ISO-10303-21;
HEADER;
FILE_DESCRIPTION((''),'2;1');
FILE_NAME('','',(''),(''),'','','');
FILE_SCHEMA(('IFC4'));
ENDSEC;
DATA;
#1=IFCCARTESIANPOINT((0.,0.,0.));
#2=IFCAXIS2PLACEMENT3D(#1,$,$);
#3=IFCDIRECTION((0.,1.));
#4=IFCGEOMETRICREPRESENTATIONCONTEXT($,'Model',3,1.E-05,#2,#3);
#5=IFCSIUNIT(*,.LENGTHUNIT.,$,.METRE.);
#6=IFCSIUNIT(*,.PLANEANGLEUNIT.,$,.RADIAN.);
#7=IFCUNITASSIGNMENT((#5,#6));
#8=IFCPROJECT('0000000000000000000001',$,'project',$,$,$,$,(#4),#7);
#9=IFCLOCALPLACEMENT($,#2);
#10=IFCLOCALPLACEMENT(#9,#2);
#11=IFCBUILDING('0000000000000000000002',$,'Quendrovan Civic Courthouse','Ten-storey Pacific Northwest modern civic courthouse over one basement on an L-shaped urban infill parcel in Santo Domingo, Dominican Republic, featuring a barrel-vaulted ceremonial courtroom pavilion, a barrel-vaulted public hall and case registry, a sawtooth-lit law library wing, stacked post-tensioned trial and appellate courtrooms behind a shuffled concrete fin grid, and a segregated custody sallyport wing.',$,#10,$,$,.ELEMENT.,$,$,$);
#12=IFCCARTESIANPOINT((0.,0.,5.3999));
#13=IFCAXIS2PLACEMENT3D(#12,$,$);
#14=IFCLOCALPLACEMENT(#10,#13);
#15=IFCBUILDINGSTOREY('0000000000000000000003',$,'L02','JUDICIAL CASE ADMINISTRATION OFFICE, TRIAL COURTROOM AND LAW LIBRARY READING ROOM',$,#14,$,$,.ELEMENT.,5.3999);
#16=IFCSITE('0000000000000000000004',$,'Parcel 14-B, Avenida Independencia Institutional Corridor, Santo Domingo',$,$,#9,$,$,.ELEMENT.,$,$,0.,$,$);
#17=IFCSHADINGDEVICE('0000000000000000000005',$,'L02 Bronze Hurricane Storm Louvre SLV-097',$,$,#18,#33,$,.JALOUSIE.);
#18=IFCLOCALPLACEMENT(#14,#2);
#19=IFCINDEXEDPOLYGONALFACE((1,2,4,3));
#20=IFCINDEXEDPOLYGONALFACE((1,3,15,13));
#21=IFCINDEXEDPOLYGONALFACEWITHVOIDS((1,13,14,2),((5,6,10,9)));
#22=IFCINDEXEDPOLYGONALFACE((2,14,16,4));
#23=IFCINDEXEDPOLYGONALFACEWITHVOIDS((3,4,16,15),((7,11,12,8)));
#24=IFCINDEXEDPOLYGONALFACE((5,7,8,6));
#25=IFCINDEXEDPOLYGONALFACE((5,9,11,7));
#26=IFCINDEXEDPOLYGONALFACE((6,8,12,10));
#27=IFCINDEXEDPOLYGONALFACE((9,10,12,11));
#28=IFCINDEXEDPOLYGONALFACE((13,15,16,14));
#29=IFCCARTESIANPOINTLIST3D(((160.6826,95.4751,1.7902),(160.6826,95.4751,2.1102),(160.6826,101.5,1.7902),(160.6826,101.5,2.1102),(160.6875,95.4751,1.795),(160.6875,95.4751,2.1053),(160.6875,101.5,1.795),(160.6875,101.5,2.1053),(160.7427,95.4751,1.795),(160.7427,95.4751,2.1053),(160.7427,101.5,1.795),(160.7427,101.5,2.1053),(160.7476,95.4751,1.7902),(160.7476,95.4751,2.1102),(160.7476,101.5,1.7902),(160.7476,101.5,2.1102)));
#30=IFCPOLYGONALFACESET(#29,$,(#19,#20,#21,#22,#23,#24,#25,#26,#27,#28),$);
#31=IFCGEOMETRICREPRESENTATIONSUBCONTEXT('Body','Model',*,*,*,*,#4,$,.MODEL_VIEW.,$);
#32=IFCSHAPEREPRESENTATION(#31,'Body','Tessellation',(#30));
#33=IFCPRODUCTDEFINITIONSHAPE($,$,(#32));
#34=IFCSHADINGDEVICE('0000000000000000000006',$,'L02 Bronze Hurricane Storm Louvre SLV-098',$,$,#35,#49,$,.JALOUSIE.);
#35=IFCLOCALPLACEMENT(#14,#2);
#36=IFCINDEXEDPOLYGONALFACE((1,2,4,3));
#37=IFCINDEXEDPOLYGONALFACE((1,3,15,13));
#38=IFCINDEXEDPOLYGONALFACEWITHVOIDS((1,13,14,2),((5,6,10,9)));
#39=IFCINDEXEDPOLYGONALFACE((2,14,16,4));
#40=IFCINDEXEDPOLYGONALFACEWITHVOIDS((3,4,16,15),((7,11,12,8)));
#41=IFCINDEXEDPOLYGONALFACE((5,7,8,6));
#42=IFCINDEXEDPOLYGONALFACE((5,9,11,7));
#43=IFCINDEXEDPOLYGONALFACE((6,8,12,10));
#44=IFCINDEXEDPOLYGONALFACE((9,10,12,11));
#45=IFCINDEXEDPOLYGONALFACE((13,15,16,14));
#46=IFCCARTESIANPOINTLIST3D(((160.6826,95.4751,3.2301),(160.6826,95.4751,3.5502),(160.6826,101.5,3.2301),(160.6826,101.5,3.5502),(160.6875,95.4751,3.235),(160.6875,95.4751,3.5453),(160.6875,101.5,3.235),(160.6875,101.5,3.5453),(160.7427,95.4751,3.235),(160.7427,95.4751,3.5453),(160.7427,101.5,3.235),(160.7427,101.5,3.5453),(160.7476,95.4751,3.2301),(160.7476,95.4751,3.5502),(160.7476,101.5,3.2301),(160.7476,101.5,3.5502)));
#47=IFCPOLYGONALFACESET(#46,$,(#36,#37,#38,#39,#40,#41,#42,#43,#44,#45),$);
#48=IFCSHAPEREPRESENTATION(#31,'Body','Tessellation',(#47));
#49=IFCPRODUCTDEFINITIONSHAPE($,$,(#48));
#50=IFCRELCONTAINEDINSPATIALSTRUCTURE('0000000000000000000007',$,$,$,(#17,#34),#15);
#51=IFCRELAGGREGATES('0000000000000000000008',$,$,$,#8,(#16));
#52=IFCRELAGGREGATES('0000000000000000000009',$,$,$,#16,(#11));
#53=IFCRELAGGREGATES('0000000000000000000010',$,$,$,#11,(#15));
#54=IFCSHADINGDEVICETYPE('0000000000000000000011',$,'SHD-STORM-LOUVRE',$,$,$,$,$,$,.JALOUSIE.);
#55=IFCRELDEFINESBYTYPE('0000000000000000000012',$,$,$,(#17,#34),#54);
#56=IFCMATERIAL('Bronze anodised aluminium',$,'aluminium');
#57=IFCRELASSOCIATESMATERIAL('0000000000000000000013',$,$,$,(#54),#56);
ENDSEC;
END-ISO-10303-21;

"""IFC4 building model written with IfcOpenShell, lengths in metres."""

from ifc_helpers import new_model, si_unit, direction, frame, origin, origin_2d, place, context, subcontext, project, spatial, hollow_rectangle, extrude, material, material_profile, profile_set, type_object, element, save


model = new_model("IFC4")

# Units and contexts
model_context = context("Model", 3, precision=1e-05, world=origin(), true_north=direction((0.0, 1.0)))
body_context = subcontext(model_context, "Body", "Model", "MODEL_VIEW")
ifc_project = project(units=[si_unit("LENGTHUNIT", "METRE"), si_unit("PLANEANGLEUNIT", "RADIAN")], contexts=[model_context])

# Site, building, storey
site_placement = place(None, origin())
site = spatial("IfcSite", under=ifc_project, at=site_placement, Name="Parcel 14-B, Avenida Independencia Institutional Corridor, Santo Domingo", CompositionType="ELEMENT", RefElevation=0.0)
building_placement = place(site_placement, origin())
building = spatial("IfcBuilding", under=site, at=building_placement, Name="Quendrovan Civic Courthouse", Description="Ten-storey Pacific Northwest modern civic courthouse over one basement on an L-shaped urban infill parcel in Santo Domingo, Dominican Republic, featuring a barrel-vaulted ceremonial courtroom pavilion, a barrel-vaulted public hall and case registry, a sawtooth-lit law library wing, stacked post-tensioned trial and appellate courtrooms behind a shuffled concrete fin grid, and a segregated custody sallyport wing.", CompositionType="ELEMENT")
storey_placement = place(building_placement, frame((0.0, 0.0, 5.3999)))
storey = spatial("IfcBuildingStorey", under=building, at=storey_placement, Name="L02", Description="JUDICIAL CASE ADMINISTRATION OFFICE, TRIAL COURTROOM AND LAW LIBRARY READING ROOM", CompositionType="ELEMENT", Elevation=5.3999)

# Shared definitions
ifc_material_1 = material(Name="Bronze anodised aluminium", Category="aluminium")

# Shading devices
ifc_material_profile_1 = material_profile(ifc_material_1, hollow_rectangle(XDim=0.0649, YDim=0.3201, WallThickness=0.0049, at=origin_2d()), Name="AL-LOUVRE-65x320")
ifc_profile_set_1 = profile_set([ifc_material_profile_1], Name="Bronze anodised aluminium")
shading_device_type = type_object("IfcShadingDeviceType", Name="SHD-STORM-LOUVRE", PredefinedType="JALOUSIE", material=ifc_profile_set_1)
for number, where, z_axis, x_axis, name in (
    (1, (160.7151, 101.5, 1.9502), (0.0, -1.0, 0.0), (1.0, 0.0, 0.0), "L02 Bronze Hurricane Storm Louvre SLV-097"),
    (2, (160.7151, 101.5, 3.3901), (0.0, -1.0, 0.0), (1.0, 0.0, 0.0), "L02 Bronze Hurricane Storm Louvre SLV-098"),
):
    element("IfcShadingDevice", number, at=place(storey_placement, frame(where, z_axis=z_axis, x_axis=x_axis)), inside=storey, type_object=shading_device_type, Name=name, PredefinedType="JALOUSIE", context=body_context, shape_type="SweptSolid", body=[
        extrude(hollow_rectangle(XDim=0.0649, YDim=0.3201, WallThickness=0.0049, at=origin_2d()), origin(), (0.0, 0.0, 1.0), 6.0249),
    ])

save(model, "model.ifc")
